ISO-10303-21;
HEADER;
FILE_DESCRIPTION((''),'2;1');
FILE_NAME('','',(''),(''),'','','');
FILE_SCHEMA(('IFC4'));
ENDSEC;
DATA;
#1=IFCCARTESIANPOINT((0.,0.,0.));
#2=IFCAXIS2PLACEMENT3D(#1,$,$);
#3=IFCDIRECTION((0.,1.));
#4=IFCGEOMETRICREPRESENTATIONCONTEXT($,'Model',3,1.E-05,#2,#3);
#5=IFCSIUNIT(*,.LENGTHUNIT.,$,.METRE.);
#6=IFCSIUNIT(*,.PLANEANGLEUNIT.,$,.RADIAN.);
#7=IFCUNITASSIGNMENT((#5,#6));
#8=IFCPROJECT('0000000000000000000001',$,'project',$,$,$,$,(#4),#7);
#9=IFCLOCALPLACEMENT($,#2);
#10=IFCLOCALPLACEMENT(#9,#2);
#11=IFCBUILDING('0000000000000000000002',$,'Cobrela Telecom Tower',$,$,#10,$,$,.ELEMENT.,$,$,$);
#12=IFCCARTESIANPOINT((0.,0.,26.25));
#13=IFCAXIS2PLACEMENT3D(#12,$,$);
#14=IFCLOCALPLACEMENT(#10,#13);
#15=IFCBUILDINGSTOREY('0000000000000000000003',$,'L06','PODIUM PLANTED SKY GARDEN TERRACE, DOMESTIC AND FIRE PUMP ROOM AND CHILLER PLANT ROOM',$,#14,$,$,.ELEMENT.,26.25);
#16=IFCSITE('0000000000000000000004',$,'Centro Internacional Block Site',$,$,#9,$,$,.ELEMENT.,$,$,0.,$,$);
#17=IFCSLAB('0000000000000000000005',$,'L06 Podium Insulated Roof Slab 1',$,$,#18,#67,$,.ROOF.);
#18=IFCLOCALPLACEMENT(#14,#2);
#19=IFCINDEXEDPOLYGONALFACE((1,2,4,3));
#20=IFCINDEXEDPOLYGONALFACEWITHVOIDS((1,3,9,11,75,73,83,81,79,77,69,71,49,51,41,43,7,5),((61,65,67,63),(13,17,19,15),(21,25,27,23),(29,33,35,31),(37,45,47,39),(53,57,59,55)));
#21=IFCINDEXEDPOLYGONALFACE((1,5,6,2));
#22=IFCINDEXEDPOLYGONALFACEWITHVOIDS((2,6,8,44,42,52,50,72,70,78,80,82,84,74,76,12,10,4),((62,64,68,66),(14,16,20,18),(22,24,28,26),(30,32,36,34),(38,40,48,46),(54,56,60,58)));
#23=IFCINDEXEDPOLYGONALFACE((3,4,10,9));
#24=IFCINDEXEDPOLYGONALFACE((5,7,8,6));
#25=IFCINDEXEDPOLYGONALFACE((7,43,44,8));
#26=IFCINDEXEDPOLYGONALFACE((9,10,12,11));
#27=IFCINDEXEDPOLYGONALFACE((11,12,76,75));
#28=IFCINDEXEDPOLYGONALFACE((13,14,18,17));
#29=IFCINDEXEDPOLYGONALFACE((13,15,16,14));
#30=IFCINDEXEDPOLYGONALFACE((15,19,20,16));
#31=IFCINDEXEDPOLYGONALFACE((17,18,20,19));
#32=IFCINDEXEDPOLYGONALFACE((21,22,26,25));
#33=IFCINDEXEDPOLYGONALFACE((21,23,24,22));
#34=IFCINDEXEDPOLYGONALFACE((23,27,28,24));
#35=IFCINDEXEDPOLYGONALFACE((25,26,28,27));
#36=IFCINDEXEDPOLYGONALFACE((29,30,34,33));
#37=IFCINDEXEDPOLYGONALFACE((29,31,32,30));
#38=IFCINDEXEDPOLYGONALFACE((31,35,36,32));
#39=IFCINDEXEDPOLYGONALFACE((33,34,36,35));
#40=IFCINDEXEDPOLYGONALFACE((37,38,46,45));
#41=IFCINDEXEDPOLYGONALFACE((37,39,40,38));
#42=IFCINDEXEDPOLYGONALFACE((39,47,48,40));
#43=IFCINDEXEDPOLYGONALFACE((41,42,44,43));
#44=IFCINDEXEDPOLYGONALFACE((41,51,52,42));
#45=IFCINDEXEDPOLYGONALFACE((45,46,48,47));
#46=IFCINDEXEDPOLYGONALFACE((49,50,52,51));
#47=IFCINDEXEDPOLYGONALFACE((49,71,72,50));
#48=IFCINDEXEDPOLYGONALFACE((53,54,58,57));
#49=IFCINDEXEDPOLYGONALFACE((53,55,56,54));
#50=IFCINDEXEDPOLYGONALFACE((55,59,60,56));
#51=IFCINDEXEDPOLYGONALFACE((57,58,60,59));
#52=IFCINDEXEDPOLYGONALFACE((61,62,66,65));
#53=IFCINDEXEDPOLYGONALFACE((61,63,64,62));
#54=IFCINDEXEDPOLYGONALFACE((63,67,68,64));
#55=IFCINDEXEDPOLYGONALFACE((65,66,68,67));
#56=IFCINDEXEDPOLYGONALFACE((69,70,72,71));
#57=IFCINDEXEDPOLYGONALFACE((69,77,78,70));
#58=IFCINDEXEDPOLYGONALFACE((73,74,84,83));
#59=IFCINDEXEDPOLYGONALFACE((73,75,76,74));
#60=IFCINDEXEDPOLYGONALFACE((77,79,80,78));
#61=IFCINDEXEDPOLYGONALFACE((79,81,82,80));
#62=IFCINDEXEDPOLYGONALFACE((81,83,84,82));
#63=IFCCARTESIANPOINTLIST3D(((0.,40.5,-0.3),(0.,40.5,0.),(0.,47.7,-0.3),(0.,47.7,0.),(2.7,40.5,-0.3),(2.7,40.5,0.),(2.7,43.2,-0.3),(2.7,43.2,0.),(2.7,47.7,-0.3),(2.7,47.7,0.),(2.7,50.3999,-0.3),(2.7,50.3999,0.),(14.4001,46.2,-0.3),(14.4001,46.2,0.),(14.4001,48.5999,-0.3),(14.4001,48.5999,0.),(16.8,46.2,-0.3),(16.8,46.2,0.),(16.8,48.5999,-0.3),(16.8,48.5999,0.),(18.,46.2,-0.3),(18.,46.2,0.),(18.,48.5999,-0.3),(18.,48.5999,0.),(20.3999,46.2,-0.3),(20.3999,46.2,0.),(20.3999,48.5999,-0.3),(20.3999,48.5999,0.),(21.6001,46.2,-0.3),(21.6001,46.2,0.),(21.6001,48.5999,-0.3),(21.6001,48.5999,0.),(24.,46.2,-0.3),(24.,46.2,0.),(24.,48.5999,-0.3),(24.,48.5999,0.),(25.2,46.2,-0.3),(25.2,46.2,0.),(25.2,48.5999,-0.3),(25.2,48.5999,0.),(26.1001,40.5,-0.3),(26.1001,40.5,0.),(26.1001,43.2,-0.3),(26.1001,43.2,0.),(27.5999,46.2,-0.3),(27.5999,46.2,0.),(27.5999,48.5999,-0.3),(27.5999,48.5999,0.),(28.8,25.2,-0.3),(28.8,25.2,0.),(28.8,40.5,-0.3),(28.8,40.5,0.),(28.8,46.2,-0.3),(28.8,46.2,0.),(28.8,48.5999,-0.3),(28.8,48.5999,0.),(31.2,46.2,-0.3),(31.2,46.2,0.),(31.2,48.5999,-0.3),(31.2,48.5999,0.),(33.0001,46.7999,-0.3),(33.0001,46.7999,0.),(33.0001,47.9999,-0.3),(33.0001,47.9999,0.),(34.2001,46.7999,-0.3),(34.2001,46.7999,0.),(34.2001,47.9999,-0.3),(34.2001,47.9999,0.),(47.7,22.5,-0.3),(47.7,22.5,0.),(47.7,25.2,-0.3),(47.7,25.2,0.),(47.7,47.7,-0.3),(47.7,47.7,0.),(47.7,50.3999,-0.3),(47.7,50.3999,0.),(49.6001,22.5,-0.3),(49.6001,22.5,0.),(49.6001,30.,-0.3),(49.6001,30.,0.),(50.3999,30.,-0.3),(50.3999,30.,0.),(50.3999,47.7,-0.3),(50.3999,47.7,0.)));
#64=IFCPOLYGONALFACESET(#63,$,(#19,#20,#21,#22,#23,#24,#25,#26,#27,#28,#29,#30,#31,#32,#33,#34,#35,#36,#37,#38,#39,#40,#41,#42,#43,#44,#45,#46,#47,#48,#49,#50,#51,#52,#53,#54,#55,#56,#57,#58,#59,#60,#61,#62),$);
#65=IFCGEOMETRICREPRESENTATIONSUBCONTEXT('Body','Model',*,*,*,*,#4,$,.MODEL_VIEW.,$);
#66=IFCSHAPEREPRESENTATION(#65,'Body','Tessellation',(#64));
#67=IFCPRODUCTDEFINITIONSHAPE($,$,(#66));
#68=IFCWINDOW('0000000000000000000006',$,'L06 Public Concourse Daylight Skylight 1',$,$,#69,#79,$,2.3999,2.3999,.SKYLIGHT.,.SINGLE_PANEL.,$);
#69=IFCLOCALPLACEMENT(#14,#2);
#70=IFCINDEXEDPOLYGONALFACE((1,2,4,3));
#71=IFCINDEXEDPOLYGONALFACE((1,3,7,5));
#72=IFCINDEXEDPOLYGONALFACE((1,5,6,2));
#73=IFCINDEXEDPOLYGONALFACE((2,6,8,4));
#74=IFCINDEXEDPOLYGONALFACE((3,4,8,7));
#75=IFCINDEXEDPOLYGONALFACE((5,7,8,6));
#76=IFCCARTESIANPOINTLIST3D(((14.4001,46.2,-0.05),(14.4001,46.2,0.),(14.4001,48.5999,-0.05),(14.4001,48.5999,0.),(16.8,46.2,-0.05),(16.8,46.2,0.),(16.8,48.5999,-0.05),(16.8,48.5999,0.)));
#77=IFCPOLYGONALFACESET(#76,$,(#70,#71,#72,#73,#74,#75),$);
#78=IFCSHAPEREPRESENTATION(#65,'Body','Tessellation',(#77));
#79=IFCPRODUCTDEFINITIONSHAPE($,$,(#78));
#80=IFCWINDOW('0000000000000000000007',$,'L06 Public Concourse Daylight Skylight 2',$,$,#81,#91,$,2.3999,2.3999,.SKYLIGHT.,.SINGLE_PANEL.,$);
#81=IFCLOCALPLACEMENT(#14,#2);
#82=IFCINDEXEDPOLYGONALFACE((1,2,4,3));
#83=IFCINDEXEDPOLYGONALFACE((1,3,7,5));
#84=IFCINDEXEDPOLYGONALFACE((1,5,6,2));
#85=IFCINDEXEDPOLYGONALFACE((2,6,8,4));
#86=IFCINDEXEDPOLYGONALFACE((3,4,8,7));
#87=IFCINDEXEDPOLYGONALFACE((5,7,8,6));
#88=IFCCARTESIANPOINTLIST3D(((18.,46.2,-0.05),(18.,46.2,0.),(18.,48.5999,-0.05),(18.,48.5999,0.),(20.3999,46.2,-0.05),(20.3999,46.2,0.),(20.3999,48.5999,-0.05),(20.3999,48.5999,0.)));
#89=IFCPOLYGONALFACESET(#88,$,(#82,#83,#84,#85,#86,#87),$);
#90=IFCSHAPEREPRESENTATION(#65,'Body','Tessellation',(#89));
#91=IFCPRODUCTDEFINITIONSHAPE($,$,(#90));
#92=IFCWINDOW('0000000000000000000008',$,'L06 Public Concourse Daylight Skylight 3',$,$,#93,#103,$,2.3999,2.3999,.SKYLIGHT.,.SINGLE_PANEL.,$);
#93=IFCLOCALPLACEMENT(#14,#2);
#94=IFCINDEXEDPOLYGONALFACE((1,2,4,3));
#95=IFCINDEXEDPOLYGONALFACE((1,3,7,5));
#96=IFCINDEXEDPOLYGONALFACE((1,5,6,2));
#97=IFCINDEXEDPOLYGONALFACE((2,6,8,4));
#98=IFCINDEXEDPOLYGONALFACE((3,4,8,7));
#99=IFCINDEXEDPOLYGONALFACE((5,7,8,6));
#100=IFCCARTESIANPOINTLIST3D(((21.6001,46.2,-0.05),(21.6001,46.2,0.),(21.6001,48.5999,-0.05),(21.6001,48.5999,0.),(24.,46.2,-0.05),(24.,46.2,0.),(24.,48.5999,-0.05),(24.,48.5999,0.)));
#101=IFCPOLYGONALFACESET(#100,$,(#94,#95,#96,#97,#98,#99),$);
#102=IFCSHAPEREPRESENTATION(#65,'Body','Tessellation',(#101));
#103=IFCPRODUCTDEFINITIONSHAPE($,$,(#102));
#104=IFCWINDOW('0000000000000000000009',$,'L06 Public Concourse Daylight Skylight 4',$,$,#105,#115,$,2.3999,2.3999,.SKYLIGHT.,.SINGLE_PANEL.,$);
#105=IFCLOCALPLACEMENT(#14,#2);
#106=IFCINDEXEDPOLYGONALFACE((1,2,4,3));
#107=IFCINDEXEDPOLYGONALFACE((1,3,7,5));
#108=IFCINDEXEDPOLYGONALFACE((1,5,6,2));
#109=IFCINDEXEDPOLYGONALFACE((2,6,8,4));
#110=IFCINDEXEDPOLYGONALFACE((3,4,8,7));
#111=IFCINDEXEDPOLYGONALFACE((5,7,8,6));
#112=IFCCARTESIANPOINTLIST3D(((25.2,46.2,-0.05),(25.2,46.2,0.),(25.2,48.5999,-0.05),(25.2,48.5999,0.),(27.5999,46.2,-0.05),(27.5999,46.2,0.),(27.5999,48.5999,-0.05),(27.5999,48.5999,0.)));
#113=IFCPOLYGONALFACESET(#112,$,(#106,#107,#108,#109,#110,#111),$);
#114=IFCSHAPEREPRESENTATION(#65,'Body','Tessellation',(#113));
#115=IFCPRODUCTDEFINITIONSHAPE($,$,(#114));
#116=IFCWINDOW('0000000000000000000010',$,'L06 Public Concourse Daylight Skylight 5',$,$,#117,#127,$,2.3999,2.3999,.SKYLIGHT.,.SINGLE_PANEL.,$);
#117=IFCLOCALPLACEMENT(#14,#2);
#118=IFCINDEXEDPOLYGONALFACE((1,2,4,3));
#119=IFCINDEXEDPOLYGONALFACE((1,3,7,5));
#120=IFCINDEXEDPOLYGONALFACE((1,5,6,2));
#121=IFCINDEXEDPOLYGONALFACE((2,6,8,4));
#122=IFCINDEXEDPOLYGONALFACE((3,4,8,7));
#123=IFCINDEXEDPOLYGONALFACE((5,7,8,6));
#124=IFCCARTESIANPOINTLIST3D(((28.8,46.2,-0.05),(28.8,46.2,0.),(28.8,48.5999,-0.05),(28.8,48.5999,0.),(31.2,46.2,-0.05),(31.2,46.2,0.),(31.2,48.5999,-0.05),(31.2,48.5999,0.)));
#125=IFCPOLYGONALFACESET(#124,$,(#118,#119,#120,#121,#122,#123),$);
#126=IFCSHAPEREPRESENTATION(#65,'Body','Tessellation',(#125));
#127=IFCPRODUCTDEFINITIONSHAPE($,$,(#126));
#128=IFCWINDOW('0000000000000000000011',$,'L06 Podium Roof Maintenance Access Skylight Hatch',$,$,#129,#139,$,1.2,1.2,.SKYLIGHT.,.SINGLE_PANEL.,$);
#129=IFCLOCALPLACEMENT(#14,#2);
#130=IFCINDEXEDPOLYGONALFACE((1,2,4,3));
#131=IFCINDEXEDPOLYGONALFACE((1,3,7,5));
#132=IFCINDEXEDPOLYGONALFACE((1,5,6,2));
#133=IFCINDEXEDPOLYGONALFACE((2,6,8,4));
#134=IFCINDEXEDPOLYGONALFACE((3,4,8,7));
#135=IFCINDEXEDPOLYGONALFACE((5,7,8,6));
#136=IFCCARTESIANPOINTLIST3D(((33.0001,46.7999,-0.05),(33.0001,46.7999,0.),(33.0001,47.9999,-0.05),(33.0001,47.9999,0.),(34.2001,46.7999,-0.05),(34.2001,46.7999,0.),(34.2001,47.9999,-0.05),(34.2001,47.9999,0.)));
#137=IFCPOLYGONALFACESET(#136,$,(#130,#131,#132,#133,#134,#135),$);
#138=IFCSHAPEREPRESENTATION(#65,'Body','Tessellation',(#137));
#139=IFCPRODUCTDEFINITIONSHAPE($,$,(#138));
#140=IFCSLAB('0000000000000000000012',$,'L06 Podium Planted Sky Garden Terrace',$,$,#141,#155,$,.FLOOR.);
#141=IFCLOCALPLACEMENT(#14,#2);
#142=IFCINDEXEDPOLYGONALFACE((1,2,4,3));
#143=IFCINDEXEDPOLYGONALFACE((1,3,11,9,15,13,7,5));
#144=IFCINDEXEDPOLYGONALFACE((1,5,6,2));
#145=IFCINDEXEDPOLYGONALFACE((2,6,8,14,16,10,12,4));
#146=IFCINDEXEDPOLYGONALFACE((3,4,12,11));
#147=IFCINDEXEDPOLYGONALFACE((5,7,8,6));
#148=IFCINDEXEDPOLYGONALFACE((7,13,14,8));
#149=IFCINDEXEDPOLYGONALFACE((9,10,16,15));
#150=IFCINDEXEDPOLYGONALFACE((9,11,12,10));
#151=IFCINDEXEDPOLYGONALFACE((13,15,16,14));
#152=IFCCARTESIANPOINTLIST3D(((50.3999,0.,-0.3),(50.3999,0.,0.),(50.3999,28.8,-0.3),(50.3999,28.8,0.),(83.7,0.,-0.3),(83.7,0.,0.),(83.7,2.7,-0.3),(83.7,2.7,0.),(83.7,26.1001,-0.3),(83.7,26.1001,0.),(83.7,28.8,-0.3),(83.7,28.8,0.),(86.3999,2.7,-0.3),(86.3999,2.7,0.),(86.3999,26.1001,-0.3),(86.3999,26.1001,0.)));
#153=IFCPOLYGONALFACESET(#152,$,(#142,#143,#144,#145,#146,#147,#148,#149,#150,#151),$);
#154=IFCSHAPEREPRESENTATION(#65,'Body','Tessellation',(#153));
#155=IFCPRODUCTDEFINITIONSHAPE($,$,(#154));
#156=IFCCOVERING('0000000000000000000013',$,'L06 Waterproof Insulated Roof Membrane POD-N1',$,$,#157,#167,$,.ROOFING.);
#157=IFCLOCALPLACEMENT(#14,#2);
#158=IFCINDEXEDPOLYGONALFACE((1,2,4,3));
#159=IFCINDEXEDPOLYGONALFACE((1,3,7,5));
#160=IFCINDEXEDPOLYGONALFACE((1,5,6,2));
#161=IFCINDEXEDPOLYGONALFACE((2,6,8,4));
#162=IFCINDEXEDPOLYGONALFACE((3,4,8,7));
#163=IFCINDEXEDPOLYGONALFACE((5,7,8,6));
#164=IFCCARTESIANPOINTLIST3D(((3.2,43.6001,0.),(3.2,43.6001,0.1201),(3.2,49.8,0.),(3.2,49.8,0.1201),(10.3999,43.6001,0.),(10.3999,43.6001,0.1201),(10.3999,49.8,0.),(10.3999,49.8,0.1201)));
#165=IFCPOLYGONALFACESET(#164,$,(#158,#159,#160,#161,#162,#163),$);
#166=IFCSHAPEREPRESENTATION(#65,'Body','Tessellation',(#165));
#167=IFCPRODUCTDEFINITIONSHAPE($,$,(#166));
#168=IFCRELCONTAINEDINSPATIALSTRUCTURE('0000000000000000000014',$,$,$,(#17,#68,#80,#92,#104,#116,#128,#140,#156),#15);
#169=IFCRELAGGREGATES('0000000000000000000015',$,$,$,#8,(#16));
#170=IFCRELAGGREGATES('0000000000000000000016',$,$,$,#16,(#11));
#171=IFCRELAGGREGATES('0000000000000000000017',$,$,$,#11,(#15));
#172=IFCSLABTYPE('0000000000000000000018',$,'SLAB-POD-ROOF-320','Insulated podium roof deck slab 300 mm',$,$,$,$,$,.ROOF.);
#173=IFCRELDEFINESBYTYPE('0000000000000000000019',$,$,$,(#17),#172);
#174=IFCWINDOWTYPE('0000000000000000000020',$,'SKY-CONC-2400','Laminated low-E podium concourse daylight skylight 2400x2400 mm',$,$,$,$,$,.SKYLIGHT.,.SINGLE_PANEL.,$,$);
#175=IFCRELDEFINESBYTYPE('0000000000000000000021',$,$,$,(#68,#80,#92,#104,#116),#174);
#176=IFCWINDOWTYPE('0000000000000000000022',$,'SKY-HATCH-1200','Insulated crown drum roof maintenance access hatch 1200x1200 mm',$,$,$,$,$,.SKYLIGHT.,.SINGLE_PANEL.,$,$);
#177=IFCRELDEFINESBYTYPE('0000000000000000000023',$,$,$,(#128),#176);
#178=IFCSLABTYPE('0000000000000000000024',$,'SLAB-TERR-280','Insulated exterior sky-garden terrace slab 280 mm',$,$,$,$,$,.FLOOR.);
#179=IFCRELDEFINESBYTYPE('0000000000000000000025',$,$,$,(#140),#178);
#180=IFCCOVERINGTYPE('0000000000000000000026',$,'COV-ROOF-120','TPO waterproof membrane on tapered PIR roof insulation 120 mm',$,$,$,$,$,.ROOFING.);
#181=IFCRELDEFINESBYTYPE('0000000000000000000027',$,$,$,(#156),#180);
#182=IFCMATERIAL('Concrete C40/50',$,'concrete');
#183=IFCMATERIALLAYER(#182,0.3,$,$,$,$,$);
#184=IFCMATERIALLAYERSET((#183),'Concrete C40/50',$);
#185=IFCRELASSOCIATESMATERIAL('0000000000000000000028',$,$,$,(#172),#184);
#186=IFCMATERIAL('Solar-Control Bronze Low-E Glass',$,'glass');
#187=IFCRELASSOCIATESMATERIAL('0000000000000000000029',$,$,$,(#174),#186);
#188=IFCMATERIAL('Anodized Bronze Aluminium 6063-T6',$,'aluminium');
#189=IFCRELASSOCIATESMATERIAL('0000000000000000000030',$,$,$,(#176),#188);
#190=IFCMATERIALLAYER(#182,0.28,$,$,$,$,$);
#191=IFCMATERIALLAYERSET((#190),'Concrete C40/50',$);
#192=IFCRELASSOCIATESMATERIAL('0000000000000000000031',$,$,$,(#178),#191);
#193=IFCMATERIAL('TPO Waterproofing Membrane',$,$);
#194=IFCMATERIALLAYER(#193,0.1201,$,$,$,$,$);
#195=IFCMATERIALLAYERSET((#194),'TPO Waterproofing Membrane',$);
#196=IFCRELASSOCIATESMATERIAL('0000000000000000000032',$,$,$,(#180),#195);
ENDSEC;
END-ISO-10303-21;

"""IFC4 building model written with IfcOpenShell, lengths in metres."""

from ifc_helpers import new_model, si_unit, direction, frame, origin, origin_2d, place, context, subcontext, project, spatial, polyline, rectangle, outline, extrude, material, layer, layer_set, type_object, element, fill, save


model = new_model("IFC4")

# Units and contexts
model_context = context("Model", 3, precision=1e-05, world=origin(), true_north=direction((0.0, 1.0)))
body_context = subcontext(model_context, "Body", "Model", "MODEL_VIEW")
ifc_project = project(units=[si_unit("LENGTHUNIT", "METRE"), si_unit("PLANEANGLEUNIT", "RADIAN")], contexts=[model_context])

# Site, building, storey
site_placement = place(None, origin())
site = spatial("IfcSite", under=ifc_project, at=site_placement, Name="Centro Internacional Block Site", CompositionType="ELEMENT", RefElevation=0.0)
building_placement = place(site_placement, origin())
building = spatial("IfcBuilding", under=site, at=building_placement, Name="Cobrela Telecom Tower", CompositionType="ELEMENT")
storey_placement = place(building_placement, frame((0.0, 0.0, 26.25)))
storey = spatial("IfcBuildingStorey", under=building, at=storey_placement, Name="L06", Description="PODIUM PLANTED SKY GARDEN TERRACE, DOMESTIC AND FIRE PUMP ROOM AND CHILLER PLANT ROOM", CompositionType="ELEMENT", Elevation=26.25)

# Shared definitions
ifc_material_1 = material(Name="Concrete C40/50", Category="concrete")

# Slab, openings, windows
ifc_layer_1 = layer(ifc_material_1, 0.3)
ifc_layer_set_1 = layer_set([ifc_layer_1], Name="Concrete C40/50")
slab_type_1 = type_object("IfcSlabType", Name="SLAB-POD-ROOF-320", Description="Insulated podium roof deck slab 300 mm", PredefinedType="ROOF", material=ifc_layer_set_1)
slab_1_placement = place(storey_placement, frame((0.0, 0.0, -0.3)))
slab_1 = element("IfcSlab", 1, at=slab_1_placement, inside=storey, type_object=slab_type_1, Name="L06 Podium Insulated Roof Slab 1", PredefinedType="ROOF", context=body_context, shape_type="SweptSolid", body=[
    extrude(outline(polyline([(2.7, 47.7), (2.7, 50.3999), (47.7, 50.3999), (47.7, 47.7), (50.3999, 47.7), (50.3999, 30.0), (49.6001, 30.0), (49.6001, 22.5), (47.7, 22.5), (47.7, 25.2), (28.8, 25.2), (28.8, 40.5), (26.1001, 40.5), (26.1001, 43.2), (2.7, 43.2), (2.7, 40.5), (0.0, 40.5), (0.0, 47.7), (2.7, 47.7)])), origin(), (0.0, 0.0, 1.0), 0.3),
])
opening_1_placement = place(slab_1_placement, frame((15.6001, 47.3999, 0.0)))
opening_1 = element("IfcOpeningElement", 2, at=opening_1_placement, cuts=slab_1, PredefinedType="OPENING", context=body_context, shape_type="SweptSolid", body=[
    extrude(rectangle(XDim=2.3999, YDim=2.3999, at=origin_2d()), origin(), (0.0, 0.0, 1.0), 0.3),
])
opening_2_placement = place(slab_1_placement, frame((19.2, 47.3999, 0.0)))
opening_2 = element("IfcOpeningElement", 3, at=opening_2_placement, cuts=slab_1, PredefinedType="OPENING", context=body_context, shape_type="SweptSolid", body=[
    extrude(rectangle(XDim=2.3999, YDim=2.3999, at=origin_2d()), origin(), (0.0, 0.0, 1.0), 0.3),
])
opening_3_placement = place(slab_1_placement, frame((22.8, 47.3999, 0.0)))
opening_3 = element("IfcOpeningElement", 4, at=opening_3_placement, cuts=slab_1, PredefinedType="OPENING", context=body_context, shape_type="SweptSolid", body=[
    extrude(rectangle(XDim=2.3999, YDim=2.3999, at=origin_2d()), origin(), (0.0, 0.0, 1.0), 0.3),
])
opening_4_placement = place(slab_1_placement, frame((26.3999, 47.3999, 0.0)))
opening_4 = element("IfcOpeningElement", 5, at=opening_4_placement, cuts=slab_1, PredefinedType="OPENING", context=body_context, shape_type="SweptSolid", body=[
    extrude(rectangle(XDim=2.3999, YDim=2.3999, at=origin_2d()), origin(), (0.0, 0.0, 1.0), 0.3),
])
opening_5_placement = place(slab_1_placement, frame((30.0, 47.3999, 0.0)))
opening_5 = element("IfcOpeningElement", 6, at=opening_5_placement, cuts=slab_1, PredefinedType="OPENING", context=body_context, shape_type="SweptSolid", body=[
    extrude(rectangle(XDim=2.3999, YDim=2.3999, at=origin_2d()), origin(), (0.0, 0.0, 1.0), 0.3),
])
opening_6_placement = place(slab_1_placement, frame((33.6001, 47.3999, 0.0)))
opening_6 = element("IfcOpeningElement", 7, at=opening_6_placement, cuts=slab_1, PredefinedType="OPENING", context=body_context, shape_type="SweptSolid", body=[
    extrude(rectangle(XDim=1.2, YDim=1.2, at=origin_2d()), origin(), (0.0, 0.0, 1.0), 0.3),
])
ifc_material_2 = material(Name="Solar-Control Bronze Low-E Glass", Category="glass")
window_type_1 = type_object("IfcWindowType", Name="SKY-CONC-2400", Description="Laminated low-E podium concourse daylight skylight 2400x2400 mm", PartitioningType="SINGLE_PANEL", PredefinedType="SKYLIGHT", material=ifc_material_2)
window_1_placement = place(opening_1_placement, frame((0.0, 0.0, 0.25)))
window_1 = element("IfcWindow", 8, at=window_1_placement, inside=storey, type_object=window_type_1, Name="L06 Public Concourse Daylight Skylight 1", OverallHeight=2.3999, OverallWidth=2.3999, PartitioningType="SINGLE_PANEL", PredefinedType="SKYLIGHT", context=body_context, shape_type="SweptSolid", body=[
    extrude(rectangle(XDim=2.3999, YDim=2.3999, at=origin_2d()), origin(), (0.0, 0.0, 1.0), 0.05),
])
fill(opening_1, window_1)
window_2_placement = place(opening_2_placement, frame((0.0, 0.0, 0.25)))
window_2 = element("IfcWindow", 9, at=window_2_placement, inside=storey, type_object=window_type_1, Name="L06 Public Concourse Daylight Skylight 2", OverallHeight=2.3999, OverallWidth=2.3999, PartitioningType="SINGLE_PANEL", PredefinedType="SKYLIGHT", context=body_context, shape_type="SweptSolid", body=[
    extrude(rectangle(XDim=2.3999, YDim=2.3999, at=origin_2d()), origin(), (0.0, 0.0, 1.0), 0.05),
])
fill(opening_2, window_2)
window_3_placement = place(opening_3_placement, frame((0.0, 0.0, 0.25)))
window_3 = element("IfcWindow", 10, at=window_3_placement, inside=storey, type_object=window_type_1, Name="L06 Public Concourse Daylight Skylight 3", OverallHeight=2.3999, OverallWidth=2.3999, PartitioningType="SINGLE_PANEL", PredefinedType="SKYLIGHT", context=body_context, shape_type="SweptSolid", body=[
    extrude(rectangle(XDim=2.3999, YDim=2.3999, at=origin_2d()), origin(), (0.0, 0.0, 1.0), 0.05),
])
fill(opening_3, window_3)
window_4_placement = place(opening_4_placement, frame((0.0, 0.0, 0.25)))
window_4 = element("IfcWindow", 11, at=window_4_placement, inside=storey, type_object=window_type_1, Name="L06 Public Concourse Daylight Skylight 4", OverallHeight=2.3999, OverallWidth=2.3999, PartitioningType="SINGLE_PANEL", PredefinedType="SKYLIGHT", context=body_context, shape_type="SweptSolid", body=[
    extrude(rectangle(XDim=2.3999, YDim=2.3999, at=origin_2d()), origin(), (0.0, 0.0, 1.0), 0.05),
])
fill(opening_4, window_4)
window_5_placement = place(opening_5_placement, frame((0.0, 0.0, 0.25)))
window_5 = element("IfcWindow", 12, at=window_5_placement, inside=storey, type_object=window_type_1, Name="L06 Public Concourse Daylight Skylight 5", OverallHeight=2.3999, OverallWidth=2.3999, PartitioningType="SINGLE_PANEL", PredefinedType="SKYLIGHT", context=body_context, shape_type="SweptSolid", body=[
    extrude(rectangle(XDim=2.3999, YDim=2.3999, at=origin_2d()), origin(), (0.0, 0.0, 1.0), 0.05),
])
fill(opening_5, window_5)
ifc_material_3 = material(Name="Anodized Bronze Aluminium 6063-T6", Category="aluminium")
window_type_2 = type_object("IfcWindowType", Name="SKY-HATCH-1200", Description="Insulated crown drum roof maintenance access hatch 1200x1200 mm", PartitioningType="SINGLE_PANEL", PredefinedType="SKYLIGHT", material=ifc_material_3)
window_6_placement = place(opening_6_placement, frame((0.0, 0.0, 0.25)))
window_6 = element("IfcWindow", 13, at=window_6_placement, inside=storey, type_object=window_type_2, Name="L06 Podium Roof Maintenance Access Skylight Hatch", OverallHeight=1.2, OverallWidth=1.2, PartitioningType="SINGLE_PANEL", PredefinedType="SKYLIGHT", context=body_context, shape_type="SweptSolid", body=[
    extrude(rectangle(XDim=1.2, YDim=1.2, at=origin_2d()), origin(), (0.0, 0.0, 1.0), 0.05),
])
fill(opening_6, window_6)

# Slab
ifc_layer_2 = layer(ifc_material_1, 0.28)
ifc_layer_set_2 = layer_set([ifc_layer_2], Name="Concrete C40/50")
slab_type_2 = type_object("IfcSlabType", Name="SLAB-TERR-280", Description="Insulated exterior sky-garden terrace slab 280 mm", PredefinedType="FLOOR", material=ifc_layer_set_2)
slab_2_placement = place(storey_placement, frame((0.0, 0.0, -0.3)))
element("IfcSlab", 14, at=slab_2_placement, inside=storey, type_object=slab_type_2, Name="L06 Podium Planted Sky Garden Terrace", PredefinedType="FLOOR", context=body_context, shape_type="SweptSolid", body=[
    extrude(outline(polyline([(50.3999, 0.0), (83.7, 0.0), (83.7, 2.7), (86.3999, 2.7), (86.3999, 26.1001), (83.7, 26.1001), (83.7, 28.8), (50.3999, 28.8), (50.3999, 0.0)])), origin(), (0.0, 0.0, 1.0), 0.3),
])

# Covering
ifc_material_4 = material(Name="TPO Waterproofing Membrane")
ifc_layer_3 = layer(ifc_material_4, 0.1201)
ifc_layer_set_3 = layer_set([ifc_layer_3], Name="TPO Waterproofing Membrane")
covering_type_1 = type_object("IfcCoveringType", Name="COV-ROOF-120", Description="TPO waterproof membrane on tapered PIR roof insulation 120 mm", PredefinedType="ROOFING", material=ifc_layer_set_3)
covering_1_placement = place(storey_placement, origin())
element("IfcCovering", 15, at=covering_1_placement, inside=storey, type_object=covering_type_1, Name="L06 Waterproof Insulated Roof Membrane POD-N1", PredefinedType="ROOFING", context=body_context, shape_type="SweptSolid", body=[
    extrude(outline(polyline([(3.2, 43.6001), (10.3999, 43.6001), (10.3999, 49.8), (3.2, 49.8), (3.2, 43.6001)])), origin(), (0.0, 0.0, 1.0), 0.1201),
])

save(model, "model.ifc")
